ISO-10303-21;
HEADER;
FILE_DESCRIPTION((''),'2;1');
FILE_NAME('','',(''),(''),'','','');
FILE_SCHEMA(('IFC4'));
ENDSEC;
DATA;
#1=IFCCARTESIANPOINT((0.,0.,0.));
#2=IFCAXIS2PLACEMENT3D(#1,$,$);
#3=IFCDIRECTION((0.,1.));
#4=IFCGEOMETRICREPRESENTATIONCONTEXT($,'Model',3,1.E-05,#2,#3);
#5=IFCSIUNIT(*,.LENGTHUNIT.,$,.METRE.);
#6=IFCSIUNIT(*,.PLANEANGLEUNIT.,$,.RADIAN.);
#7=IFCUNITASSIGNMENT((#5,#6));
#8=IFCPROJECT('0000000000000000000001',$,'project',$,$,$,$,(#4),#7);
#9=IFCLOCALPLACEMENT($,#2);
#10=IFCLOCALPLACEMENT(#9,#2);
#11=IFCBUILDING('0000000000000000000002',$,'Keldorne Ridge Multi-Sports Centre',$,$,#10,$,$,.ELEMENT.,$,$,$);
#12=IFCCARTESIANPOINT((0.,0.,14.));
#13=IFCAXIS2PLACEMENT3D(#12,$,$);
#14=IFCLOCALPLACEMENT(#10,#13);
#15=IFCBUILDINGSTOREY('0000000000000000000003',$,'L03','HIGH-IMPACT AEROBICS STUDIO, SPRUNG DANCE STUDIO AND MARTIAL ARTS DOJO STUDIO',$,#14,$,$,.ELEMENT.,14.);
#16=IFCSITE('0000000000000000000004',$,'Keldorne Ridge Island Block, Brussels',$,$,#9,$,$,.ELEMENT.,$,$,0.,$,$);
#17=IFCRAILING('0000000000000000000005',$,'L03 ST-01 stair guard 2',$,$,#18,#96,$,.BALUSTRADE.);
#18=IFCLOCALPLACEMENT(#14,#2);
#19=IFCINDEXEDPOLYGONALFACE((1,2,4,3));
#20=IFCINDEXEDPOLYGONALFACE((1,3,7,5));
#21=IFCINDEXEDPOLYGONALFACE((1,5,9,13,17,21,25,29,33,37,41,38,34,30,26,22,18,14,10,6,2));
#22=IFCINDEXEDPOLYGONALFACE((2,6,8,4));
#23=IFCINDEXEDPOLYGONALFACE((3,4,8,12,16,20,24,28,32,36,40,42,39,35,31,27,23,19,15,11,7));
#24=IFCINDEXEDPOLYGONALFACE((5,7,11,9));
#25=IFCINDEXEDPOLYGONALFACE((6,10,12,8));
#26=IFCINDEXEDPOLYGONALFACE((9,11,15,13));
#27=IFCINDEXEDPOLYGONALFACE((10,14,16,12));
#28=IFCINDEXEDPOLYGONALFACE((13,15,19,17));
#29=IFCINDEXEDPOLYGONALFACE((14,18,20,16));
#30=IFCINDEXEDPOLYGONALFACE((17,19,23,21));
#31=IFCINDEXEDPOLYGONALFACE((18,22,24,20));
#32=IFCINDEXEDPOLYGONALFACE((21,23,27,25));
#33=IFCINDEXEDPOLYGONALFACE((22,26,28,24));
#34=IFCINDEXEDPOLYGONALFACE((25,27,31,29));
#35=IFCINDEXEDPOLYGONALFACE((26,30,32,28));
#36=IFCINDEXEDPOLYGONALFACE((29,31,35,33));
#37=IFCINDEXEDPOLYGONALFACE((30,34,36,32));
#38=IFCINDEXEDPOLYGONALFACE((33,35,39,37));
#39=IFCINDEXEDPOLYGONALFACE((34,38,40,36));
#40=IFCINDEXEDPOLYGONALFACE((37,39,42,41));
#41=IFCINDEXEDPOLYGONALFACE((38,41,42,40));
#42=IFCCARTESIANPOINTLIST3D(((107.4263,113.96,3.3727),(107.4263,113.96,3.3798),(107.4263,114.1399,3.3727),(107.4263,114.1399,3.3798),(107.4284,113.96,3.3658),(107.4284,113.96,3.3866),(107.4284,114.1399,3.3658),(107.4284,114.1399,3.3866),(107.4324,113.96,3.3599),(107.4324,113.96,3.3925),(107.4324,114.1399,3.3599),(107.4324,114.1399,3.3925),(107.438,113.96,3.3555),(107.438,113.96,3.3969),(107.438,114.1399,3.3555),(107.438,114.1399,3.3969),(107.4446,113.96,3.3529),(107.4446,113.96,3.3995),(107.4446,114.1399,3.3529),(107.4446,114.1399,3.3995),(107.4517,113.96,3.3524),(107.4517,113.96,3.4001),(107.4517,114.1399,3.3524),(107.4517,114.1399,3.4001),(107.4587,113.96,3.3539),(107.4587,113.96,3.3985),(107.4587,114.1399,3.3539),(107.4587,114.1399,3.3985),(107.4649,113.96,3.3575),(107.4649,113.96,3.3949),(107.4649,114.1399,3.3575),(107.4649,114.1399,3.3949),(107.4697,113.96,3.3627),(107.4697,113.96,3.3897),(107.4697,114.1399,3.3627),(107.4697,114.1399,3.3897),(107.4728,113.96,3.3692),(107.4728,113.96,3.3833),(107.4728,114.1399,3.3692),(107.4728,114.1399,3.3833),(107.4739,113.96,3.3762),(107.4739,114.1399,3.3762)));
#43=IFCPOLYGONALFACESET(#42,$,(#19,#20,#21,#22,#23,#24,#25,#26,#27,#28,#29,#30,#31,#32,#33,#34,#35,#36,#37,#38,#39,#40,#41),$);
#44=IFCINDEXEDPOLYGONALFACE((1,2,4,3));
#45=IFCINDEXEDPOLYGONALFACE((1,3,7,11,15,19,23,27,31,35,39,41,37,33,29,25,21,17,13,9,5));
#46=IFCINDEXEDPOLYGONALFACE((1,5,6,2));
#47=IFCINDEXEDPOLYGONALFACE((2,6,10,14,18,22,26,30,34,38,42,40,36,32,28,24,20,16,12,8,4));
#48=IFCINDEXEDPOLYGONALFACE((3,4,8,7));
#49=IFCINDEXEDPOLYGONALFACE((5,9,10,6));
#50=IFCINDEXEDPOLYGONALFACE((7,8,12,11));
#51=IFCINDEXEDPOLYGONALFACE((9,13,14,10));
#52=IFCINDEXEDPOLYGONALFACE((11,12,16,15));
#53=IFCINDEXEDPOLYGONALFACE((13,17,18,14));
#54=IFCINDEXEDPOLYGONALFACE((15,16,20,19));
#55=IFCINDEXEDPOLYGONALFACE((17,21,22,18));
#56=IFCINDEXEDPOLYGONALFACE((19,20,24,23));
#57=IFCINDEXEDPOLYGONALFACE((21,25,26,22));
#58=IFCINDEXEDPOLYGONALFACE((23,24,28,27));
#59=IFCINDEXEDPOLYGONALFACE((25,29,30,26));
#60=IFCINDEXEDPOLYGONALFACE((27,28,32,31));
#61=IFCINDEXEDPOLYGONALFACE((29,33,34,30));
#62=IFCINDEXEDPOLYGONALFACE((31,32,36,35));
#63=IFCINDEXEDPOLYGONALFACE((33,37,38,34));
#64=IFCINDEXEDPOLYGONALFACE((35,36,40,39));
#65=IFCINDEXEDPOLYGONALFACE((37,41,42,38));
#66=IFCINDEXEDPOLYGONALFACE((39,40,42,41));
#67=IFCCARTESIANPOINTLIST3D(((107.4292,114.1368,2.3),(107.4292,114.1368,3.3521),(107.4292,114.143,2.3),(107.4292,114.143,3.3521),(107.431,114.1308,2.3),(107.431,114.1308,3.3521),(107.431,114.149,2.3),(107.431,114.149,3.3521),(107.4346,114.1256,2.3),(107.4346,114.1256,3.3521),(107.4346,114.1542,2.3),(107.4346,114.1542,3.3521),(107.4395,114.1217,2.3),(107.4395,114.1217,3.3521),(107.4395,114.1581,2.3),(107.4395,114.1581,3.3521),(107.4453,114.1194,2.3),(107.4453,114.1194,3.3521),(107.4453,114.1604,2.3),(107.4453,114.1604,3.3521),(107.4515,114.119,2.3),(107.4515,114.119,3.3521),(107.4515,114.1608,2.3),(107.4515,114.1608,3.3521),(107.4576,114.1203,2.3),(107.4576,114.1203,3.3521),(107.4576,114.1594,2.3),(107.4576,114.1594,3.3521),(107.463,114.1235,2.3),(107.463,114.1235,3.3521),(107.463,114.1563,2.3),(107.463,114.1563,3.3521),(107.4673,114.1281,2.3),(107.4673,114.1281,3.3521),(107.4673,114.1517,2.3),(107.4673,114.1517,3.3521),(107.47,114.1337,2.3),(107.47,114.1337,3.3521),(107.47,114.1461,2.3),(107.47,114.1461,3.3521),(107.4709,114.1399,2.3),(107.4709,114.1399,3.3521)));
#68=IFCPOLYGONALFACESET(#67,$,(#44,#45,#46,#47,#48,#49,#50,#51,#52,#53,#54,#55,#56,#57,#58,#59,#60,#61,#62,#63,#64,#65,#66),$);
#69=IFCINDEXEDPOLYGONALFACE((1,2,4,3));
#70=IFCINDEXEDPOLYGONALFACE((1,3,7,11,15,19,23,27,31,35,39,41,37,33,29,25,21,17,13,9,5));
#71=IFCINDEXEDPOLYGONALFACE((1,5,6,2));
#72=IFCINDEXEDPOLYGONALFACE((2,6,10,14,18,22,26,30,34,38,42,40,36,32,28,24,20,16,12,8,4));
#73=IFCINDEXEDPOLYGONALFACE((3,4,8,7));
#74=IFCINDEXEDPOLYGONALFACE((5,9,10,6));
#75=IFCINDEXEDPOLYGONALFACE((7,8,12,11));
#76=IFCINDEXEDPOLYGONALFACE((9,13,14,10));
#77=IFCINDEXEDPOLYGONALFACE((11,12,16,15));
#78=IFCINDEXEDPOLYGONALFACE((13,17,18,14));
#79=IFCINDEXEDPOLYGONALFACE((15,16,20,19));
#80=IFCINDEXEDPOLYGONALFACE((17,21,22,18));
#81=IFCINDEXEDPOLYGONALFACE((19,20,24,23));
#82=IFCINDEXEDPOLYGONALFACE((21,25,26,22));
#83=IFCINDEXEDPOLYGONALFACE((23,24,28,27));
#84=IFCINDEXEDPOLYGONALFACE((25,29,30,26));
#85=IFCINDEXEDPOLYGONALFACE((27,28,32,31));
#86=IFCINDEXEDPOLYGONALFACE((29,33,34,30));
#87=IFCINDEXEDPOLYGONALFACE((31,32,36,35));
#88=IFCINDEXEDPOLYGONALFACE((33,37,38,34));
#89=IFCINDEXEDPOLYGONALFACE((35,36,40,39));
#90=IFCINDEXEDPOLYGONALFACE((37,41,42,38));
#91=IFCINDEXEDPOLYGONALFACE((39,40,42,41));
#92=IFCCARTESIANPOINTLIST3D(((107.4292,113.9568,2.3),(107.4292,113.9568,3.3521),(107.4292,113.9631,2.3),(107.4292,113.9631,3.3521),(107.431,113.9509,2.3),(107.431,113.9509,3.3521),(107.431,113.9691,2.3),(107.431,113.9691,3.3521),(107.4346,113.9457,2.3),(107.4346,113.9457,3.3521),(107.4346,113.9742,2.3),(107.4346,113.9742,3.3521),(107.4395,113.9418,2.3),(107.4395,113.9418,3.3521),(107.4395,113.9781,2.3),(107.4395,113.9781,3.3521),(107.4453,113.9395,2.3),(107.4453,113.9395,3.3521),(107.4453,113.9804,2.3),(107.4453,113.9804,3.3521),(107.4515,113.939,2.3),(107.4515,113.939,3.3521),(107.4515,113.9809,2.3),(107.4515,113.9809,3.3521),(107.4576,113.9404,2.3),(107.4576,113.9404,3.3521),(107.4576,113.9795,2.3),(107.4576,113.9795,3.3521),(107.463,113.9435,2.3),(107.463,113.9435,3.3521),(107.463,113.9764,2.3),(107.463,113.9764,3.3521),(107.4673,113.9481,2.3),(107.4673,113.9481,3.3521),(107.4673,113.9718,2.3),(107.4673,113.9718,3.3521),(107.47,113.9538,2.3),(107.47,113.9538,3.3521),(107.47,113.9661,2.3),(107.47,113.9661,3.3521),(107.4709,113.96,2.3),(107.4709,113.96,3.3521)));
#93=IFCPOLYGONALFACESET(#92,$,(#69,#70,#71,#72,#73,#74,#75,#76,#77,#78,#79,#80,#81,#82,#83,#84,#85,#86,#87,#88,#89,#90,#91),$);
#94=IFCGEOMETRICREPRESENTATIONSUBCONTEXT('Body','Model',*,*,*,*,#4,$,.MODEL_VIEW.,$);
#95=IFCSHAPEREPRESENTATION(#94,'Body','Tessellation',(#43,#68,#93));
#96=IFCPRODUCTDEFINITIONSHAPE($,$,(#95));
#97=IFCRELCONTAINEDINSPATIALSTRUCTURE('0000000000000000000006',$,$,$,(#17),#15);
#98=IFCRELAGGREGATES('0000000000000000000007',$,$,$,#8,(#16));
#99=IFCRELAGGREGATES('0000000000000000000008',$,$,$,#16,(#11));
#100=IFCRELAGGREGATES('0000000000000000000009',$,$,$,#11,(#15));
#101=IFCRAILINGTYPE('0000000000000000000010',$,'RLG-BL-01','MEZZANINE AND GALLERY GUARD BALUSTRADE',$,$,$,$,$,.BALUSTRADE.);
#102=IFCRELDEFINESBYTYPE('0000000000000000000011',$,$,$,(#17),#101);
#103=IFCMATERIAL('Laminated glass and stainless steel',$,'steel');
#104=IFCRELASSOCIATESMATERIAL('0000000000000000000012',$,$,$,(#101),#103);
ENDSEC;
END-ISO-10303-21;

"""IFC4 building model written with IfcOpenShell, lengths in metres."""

from ifc_helpers import new_model, si_unit, direction, frame, origin, origin_2d, place, context, subcontext, project, spatial, circle, extrude, material, type_object, element, save


model = new_model("IFC4")

# Units and contexts
model_context = context("Model", 3, precision=1e-05, world=origin(), true_north=direction((0.0, 1.0)))
body_context = subcontext(model_context, "Body", "Model", "MODEL_VIEW")
ifc_project = project(units=[si_unit("LENGTHUNIT", "METRE"), si_unit("PLANEANGLEUNIT", "RADIAN")], contexts=[model_context])

# Site, building, storey
site_placement = place(None, origin())
site = spatial("IfcSite", under=ifc_project, at=site_placement, Name="Keldorne Ridge Island Block, Brussels", CompositionType="ELEMENT", RefElevation=0.0)
building_placement = place(site_placement, origin())
building = spatial("IfcBuilding", under=site, at=building_placement, Name="Keldorne Ridge Multi-Sports Centre", CompositionType="ELEMENT")
storey_placement = place(building_placement, frame((0.0, 0.0, 14.0)))
storey = spatial("IfcBuildingStorey", under=building, at=storey_placement, Name="L03", Description="HIGH-IMPACT AEROBICS STUDIO, SPRUNG DANCE STUDIO AND MARTIAL ARTS DOJO STUDIO", CompositionType="ELEMENT", Elevation=14.0)

# Railing
ifc_material_1 = material(Name="Laminated glass and stainless steel", Category="steel")
railing_type_1 = type_object("IfcRailingType", Name="RLG-BL-01", Description="MEZZANINE AND GALLERY GUARD BALUSTRADE", PredefinedType="BALUSTRADE", material=ifc_material_1)
railing_1_placement = place(storey_placement, frame((107.45, 114.1399, 2.3)))
element("IfcRailing", 1, at=railing_1_placement, inside=storey, type_object=railing_type_1, Name="L03 ST-01 stair guard 2", PredefinedType="BALUSTRADE", context=body_context, shape_type="SweptSolid", body=[
    extrude(circle(Radius=0.0239, at=origin_2d()), frame((0.0, 0.0, 1.0762), z_axis=(0.0, -1.0, 0.0), x_axis=(1.0, 0.0, 0.0)), (0.0, 0.0, 1.0), 0.1799),
    extrude(circle(Radius=0.021, at=origin_2d()), origin(), (0.0, 0.0, 1.0), 1.052),
    extrude(circle(Radius=0.021, at=origin_2d()), frame((0.0, -0.1799, 0.0)), (0.0, 0.0, 1.0), 1.052),
])

save(model, "model.ifc")
